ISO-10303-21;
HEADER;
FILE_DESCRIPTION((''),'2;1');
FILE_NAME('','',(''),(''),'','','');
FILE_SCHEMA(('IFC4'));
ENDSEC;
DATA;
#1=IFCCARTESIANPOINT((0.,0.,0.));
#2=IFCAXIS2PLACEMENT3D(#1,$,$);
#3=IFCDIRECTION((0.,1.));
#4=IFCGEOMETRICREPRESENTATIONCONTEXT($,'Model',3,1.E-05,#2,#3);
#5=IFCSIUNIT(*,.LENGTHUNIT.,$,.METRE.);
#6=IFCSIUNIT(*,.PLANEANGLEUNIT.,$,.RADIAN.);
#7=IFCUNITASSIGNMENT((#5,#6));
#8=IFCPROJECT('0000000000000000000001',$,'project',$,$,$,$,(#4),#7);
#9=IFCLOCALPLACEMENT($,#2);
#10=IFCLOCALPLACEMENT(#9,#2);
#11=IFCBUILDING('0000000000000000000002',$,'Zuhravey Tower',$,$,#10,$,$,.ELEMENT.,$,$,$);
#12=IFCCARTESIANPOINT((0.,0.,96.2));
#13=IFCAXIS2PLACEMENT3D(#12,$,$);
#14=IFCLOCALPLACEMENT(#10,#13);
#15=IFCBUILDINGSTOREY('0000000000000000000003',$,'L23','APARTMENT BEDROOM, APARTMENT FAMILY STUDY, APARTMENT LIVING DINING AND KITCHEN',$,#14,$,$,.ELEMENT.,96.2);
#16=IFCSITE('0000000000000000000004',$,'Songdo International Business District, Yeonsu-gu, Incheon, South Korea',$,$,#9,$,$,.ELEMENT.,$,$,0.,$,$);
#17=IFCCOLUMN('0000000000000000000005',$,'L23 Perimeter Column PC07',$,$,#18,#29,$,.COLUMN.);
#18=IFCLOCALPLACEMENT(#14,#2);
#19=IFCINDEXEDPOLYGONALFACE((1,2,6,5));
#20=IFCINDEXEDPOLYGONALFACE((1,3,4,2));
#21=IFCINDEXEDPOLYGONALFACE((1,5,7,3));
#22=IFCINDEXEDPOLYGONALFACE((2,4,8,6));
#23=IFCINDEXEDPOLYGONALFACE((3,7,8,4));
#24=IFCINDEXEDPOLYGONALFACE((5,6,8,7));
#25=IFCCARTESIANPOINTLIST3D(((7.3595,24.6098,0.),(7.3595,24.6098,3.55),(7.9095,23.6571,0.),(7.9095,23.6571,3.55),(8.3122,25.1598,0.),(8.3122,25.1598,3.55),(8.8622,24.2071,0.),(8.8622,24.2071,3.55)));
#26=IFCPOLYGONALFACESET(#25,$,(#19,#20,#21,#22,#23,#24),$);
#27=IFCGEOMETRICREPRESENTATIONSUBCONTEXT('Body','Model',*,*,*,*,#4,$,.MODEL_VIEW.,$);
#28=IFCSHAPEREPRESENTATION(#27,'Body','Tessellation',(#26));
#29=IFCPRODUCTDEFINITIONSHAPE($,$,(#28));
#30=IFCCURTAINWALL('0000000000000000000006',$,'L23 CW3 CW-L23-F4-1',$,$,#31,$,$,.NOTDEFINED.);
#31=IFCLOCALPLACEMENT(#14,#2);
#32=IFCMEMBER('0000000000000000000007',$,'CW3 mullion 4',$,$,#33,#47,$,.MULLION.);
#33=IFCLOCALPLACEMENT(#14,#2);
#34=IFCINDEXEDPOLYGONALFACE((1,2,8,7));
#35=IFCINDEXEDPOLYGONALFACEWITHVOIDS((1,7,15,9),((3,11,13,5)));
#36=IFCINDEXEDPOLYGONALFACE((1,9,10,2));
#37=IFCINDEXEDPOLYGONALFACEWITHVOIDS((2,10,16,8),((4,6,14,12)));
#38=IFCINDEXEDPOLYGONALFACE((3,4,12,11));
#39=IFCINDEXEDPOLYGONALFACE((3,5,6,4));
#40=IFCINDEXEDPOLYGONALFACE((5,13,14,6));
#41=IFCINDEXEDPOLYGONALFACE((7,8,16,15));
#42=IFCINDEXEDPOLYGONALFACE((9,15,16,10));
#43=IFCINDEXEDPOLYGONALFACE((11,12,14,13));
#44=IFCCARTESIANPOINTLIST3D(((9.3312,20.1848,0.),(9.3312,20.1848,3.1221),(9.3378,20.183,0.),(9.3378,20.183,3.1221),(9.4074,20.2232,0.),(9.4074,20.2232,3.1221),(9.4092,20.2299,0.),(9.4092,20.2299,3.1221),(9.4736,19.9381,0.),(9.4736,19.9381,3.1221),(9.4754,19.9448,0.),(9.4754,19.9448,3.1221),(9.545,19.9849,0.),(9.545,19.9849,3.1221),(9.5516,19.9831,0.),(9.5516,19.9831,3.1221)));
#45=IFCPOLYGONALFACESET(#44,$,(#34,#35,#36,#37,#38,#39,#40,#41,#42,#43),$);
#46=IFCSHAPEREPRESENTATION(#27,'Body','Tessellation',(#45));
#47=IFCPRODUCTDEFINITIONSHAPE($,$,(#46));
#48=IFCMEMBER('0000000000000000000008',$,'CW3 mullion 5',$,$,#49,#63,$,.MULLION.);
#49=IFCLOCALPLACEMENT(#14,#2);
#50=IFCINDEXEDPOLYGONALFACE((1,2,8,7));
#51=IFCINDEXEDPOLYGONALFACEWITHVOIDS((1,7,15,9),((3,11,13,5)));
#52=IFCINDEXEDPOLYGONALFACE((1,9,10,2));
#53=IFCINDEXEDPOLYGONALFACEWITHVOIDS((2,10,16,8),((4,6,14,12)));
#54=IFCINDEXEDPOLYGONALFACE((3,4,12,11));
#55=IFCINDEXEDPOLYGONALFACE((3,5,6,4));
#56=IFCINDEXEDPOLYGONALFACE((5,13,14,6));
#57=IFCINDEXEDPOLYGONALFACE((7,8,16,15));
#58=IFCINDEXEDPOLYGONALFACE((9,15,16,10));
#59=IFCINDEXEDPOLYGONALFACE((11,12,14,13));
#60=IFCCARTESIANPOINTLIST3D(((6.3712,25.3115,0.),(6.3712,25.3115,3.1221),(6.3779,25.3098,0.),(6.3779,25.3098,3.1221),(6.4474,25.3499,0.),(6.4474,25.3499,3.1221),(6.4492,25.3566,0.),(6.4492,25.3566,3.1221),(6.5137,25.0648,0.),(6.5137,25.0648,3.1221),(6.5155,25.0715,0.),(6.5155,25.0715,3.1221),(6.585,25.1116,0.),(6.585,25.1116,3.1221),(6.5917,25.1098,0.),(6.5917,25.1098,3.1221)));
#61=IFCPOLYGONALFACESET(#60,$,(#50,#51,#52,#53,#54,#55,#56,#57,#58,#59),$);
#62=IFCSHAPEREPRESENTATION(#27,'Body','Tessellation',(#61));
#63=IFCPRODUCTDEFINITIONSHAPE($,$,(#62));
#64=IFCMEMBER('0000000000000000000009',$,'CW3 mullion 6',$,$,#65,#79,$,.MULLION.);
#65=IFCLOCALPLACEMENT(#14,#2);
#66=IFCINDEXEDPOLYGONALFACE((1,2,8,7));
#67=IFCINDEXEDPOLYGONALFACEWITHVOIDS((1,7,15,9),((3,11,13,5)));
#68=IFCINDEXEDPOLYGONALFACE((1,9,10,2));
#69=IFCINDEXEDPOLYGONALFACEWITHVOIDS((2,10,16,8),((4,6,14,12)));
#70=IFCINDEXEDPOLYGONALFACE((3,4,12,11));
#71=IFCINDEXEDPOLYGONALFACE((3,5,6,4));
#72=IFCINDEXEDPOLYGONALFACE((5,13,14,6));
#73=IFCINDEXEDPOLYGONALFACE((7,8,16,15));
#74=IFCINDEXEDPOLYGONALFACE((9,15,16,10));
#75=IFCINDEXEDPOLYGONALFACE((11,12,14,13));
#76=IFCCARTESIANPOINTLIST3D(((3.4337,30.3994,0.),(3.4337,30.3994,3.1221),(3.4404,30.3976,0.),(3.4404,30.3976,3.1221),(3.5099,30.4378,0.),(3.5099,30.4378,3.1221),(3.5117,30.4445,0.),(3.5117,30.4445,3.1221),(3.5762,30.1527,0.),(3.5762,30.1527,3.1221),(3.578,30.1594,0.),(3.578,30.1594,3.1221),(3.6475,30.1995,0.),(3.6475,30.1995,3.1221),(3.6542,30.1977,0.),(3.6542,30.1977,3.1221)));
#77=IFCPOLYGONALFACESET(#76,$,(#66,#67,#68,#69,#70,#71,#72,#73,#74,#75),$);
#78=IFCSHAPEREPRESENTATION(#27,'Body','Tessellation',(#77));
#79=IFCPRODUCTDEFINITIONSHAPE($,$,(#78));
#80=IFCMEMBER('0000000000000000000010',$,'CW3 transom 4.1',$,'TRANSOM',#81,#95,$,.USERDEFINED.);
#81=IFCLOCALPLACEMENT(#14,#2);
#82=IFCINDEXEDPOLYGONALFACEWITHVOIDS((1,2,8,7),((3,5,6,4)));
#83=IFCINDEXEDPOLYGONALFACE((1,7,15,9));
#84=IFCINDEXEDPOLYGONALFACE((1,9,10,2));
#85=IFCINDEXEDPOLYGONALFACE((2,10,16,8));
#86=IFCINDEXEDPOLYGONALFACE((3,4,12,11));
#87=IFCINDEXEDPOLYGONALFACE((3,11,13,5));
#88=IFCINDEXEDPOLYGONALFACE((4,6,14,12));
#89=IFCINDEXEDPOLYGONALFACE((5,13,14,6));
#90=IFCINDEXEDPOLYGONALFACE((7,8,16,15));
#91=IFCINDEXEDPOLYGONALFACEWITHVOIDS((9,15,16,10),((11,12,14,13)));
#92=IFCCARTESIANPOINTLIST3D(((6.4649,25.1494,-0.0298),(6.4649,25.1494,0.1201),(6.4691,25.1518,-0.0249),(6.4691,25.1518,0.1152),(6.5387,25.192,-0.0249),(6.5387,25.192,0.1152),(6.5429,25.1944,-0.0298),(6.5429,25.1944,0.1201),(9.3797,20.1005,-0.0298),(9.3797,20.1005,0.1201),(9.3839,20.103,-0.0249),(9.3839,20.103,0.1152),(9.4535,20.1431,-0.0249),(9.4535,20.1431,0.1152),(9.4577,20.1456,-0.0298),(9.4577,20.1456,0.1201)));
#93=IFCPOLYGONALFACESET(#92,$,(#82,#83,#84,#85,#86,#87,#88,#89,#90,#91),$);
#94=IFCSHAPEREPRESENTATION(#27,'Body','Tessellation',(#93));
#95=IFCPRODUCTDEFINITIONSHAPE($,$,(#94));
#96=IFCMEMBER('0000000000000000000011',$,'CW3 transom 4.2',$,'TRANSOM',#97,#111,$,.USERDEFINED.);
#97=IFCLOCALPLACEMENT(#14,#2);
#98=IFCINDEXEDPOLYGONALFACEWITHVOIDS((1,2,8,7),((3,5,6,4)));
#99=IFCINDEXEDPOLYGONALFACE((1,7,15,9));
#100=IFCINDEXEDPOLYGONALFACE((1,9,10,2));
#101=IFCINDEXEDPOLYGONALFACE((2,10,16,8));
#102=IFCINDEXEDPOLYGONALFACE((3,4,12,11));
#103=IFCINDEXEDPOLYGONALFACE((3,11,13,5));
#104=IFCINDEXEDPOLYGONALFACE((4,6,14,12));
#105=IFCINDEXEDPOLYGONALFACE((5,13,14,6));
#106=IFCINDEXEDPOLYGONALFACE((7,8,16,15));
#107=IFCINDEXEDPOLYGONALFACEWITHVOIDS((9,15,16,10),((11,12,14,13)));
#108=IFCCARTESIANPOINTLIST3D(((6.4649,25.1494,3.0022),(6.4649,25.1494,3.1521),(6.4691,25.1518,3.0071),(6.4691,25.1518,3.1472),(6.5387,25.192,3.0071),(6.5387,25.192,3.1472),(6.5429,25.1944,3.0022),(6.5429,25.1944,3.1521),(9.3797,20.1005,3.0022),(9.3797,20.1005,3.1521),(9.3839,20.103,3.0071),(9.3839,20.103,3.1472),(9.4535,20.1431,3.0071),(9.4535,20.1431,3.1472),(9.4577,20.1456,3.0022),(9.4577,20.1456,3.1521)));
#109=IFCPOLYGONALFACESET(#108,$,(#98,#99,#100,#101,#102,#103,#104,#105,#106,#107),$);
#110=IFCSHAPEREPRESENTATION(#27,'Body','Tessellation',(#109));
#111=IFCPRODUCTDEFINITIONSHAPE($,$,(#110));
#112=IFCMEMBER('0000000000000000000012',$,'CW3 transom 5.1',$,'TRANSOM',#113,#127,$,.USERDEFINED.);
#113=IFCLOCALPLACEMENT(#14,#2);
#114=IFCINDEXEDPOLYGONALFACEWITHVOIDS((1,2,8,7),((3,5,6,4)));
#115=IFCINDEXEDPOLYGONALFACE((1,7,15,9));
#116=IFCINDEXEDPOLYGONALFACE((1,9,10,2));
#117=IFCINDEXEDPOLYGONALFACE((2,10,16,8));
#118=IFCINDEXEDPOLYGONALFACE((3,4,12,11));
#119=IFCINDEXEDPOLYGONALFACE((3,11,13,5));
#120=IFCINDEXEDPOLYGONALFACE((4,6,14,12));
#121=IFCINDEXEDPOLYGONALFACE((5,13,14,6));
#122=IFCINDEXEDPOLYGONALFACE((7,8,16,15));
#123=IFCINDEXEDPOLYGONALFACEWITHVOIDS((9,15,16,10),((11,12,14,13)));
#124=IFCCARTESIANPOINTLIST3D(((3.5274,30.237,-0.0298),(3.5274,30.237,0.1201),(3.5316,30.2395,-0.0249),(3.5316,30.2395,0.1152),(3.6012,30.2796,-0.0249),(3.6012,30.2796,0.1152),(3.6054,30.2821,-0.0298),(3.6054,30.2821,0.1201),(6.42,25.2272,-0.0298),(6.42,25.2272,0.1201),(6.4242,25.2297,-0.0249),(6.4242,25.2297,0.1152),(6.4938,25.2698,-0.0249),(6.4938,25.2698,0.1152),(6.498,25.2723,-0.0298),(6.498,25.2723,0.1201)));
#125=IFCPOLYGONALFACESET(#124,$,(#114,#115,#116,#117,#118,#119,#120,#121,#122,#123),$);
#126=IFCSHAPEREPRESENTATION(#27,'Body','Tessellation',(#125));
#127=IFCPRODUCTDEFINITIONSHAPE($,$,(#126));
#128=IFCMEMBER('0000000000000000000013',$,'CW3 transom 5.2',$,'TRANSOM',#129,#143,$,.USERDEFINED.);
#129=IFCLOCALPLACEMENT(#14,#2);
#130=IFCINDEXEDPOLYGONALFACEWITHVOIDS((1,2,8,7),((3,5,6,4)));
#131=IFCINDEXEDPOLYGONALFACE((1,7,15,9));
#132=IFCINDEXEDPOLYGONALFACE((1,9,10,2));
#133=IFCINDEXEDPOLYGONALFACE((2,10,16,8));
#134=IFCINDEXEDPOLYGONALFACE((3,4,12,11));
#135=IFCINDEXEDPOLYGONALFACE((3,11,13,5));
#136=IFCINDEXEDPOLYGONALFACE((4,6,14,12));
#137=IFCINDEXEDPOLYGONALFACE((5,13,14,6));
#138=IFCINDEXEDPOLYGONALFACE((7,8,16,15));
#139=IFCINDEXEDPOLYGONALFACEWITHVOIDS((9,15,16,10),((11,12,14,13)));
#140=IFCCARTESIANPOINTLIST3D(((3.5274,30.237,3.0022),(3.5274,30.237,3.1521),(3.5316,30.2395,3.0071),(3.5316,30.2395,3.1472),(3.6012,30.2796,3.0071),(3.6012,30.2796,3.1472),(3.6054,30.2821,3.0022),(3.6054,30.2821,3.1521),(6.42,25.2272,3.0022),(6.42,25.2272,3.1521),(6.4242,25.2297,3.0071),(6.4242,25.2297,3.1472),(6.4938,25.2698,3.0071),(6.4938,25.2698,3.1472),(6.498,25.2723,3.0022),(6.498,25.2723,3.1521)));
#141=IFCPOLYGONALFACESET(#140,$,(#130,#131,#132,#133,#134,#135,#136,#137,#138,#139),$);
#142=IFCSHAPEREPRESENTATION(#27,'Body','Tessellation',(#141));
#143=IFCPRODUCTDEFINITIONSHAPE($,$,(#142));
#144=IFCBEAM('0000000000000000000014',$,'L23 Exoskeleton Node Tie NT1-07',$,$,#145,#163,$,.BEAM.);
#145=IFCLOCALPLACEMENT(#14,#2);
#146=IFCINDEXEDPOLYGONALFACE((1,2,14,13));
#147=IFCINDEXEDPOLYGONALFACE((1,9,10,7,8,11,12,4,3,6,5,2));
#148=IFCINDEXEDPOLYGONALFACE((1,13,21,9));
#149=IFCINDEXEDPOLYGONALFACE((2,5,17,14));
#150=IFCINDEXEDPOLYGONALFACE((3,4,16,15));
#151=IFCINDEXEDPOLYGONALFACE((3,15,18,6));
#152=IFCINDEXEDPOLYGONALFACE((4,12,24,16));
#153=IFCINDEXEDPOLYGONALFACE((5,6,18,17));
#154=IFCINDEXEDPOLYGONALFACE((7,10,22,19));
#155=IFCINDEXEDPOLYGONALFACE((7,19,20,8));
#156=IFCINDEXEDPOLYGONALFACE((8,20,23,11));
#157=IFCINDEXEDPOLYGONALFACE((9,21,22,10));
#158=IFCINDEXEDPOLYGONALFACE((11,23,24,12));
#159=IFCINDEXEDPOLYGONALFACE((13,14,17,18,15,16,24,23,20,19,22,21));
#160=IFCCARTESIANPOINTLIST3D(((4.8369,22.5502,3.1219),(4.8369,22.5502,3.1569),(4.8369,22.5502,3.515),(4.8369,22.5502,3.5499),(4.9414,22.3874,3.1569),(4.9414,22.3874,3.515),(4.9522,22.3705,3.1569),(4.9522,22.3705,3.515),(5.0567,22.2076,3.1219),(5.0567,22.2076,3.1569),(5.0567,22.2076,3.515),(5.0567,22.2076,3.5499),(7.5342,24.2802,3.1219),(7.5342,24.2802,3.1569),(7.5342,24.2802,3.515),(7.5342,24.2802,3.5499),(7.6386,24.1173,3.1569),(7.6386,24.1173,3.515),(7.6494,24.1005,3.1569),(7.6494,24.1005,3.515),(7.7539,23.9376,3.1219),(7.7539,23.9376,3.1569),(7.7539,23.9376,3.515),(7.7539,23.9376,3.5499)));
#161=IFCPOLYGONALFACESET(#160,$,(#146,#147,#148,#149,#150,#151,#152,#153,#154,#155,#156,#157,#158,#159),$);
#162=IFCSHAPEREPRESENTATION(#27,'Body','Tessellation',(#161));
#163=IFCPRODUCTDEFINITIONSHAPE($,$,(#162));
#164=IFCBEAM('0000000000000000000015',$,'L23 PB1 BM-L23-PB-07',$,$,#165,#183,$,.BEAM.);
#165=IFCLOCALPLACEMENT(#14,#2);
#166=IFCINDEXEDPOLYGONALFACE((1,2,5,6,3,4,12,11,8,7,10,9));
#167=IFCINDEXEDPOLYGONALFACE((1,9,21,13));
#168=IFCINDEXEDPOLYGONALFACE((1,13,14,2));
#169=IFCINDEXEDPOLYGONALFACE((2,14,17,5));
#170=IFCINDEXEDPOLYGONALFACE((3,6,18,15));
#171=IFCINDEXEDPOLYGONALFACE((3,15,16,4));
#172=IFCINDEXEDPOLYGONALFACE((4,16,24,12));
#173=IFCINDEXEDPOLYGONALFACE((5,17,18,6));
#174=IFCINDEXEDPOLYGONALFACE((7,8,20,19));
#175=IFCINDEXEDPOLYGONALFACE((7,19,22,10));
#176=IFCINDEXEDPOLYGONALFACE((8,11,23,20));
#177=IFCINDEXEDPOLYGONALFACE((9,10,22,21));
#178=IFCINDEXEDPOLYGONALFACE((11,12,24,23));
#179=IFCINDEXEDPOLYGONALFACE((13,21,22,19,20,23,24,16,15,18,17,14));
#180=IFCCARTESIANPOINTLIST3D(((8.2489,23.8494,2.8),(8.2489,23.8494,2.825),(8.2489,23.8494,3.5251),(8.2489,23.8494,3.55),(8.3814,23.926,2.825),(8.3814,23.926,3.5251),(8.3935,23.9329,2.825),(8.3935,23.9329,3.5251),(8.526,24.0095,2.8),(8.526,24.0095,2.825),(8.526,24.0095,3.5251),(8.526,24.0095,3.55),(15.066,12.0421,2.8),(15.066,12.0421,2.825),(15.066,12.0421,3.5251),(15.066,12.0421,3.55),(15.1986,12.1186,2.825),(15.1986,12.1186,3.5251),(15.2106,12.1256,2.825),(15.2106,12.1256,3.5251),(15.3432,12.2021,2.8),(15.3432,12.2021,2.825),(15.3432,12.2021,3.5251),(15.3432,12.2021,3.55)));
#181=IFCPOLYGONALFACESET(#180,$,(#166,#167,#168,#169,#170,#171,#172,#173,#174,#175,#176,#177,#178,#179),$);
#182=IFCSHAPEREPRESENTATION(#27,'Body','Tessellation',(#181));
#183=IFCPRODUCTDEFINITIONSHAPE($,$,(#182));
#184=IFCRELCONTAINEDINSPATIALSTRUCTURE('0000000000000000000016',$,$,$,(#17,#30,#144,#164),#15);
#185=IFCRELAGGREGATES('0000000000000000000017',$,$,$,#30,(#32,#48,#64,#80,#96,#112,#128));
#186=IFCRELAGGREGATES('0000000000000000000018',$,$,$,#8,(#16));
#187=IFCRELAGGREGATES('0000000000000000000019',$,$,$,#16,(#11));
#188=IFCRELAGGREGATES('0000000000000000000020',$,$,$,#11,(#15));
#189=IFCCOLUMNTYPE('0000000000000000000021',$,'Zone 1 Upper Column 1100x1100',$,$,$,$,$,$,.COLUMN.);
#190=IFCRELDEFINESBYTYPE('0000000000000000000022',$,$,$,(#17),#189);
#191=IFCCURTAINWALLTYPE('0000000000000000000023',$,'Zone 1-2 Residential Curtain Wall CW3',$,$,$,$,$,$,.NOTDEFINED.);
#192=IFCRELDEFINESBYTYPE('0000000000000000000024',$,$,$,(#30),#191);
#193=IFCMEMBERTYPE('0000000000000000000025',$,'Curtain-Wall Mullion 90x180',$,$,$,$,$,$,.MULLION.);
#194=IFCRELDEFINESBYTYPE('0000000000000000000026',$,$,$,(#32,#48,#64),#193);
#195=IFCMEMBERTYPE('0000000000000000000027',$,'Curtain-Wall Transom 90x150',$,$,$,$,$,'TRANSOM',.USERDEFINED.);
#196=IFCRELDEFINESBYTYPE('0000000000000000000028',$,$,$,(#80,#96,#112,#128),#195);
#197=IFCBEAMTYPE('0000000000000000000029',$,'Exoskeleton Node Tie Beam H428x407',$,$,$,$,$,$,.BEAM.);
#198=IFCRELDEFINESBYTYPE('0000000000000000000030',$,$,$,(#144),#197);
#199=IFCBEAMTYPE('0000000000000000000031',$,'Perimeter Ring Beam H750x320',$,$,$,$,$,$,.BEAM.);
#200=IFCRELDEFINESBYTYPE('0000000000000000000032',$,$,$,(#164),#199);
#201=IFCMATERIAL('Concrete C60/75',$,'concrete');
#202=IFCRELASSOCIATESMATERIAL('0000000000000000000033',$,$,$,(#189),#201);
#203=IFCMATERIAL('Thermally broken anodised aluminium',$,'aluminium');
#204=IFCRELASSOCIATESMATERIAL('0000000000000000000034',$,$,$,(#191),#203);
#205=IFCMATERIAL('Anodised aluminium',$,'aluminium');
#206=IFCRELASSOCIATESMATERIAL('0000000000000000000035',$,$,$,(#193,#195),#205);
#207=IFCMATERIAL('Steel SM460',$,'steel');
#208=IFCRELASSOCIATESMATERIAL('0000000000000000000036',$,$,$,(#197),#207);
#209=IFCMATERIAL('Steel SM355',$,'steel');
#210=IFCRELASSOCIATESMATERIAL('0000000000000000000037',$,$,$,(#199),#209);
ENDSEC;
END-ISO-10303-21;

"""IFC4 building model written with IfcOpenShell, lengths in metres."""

from ifc_helpers import new_model, si_unit, direction, frame, origin, origin_2d, place, context, subcontext, project, spatial, rectangle, hollow_rectangle, i_section, extrude, material, material_profile, profile_set, type_object, element, aggregate, save


model = new_model("IFC4")

# Units and contexts
model_context = context("Model", 3, precision=1e-05, world=origin(), true_north=direction((0.0, 1.0)))
body_context = subcontext(model_context, "Body", "Model", "MODEL_VIEW")
ifc_project = project(units=[si_unit("LENGTHUNIT", "METRE"), si_unit("PLANEANGLEUNIT", "RADIAN")], contexts=[model_context])

# Site, building, storey
site_placement = place(None, origin())
site = spatial("IfcSite", under=ifc_project, at=site_placement, Name="Songdo International Business District, Yeonsu-gu, Incheon, South Korea", CompositionType="ELEMENT", RefElevation=0.0)
building_placement = place(site_placement, origin())
building = spatial("IfcBuilding", under=site, at=building_placement, Name="Zuhravey Tower", CompositionType="ELEMENT")
storey_placement = place(building_placement, frame((0.0, 0.0, 96.2)))
storey = spatial("IfcBuildingStorey", under=building, at=storey_placement, Name="L23", Description="APARTMENT BEDROOM, APARTMENT FAMILY STUDY, APARTMENT LIVING DINING AND KITCHEN", CompositionType="ELEMENT", Elevation=96.2)

# Column
ifc_material_1 = material(Name="Concrete C60/75", Category="concrete")
ifc_material_profile_1 = material_profile(ifc_material_1, rectangle(XDim=1.1001, YDim=1.1001, at=origin_2d()), Name="RC-1100x1100")
ifc_profile_set_1 = profile_set([ifc_material_profile_1], Name="Concrete C60/75")
column_type = type_object("IfcColumnType", Name="Zone 1 Upper Column 1100x1100", PredefinedType="COLUMN", material=ifc_profile_set_1)
column_placement = place(storey_placement, frame((8.1108, 24.4084, 0.0), z_axis=(0.0, 0.0, 1.0), x_axis=(0.5, -0.866025, 0.0)))
element("IfcColumn", 1, at=column_placement, inside=storey, type_object=column_type, Name="L23 Perimeter Column PC07", PredefinedType="COLUMN", context=body_context, shape_type="SweptSolid", body=[
    extrude(rectangle(XDim=1.1001, YDim=1.1001, at=origin_2d()), origin(), (0.0, 0.0, 1.0), 3.55),
])

# Curtain wall, members
ifc_material_2 = material(Name="Thermally broken anodised aluminium", Category="aluminium")
curtain_wall_type = type_object("IfcCurtainWallType", Name="Zone 1-2 Residential Curtain Wall CW3", PredefinedType="NOTDEFINED", material=ifc_material_2)
curtain_wall_placement = place(storey_placement, origin())
curtain_wall = element("IfcCurtainWall", 2, at=curtain_wall_placement, inside=storey, type_object=curtain_wall_type, Name="L23 CW3 CW-L23-F4-1", PredefinedType="NOTDEFINED")
ifc_material_3 = material(Name="Anodised aluminium", Category="aluminium")
ifc_material_profile_2 = material_profile(ifc_material_3, hollow_rectangle(XDim=0.0901, YDim=0.2849, WallThickness=0.0049, at=origin_2d()), Name="ALU-RHS-90x285x5")
ifc_profile_set_2 = profile_set([ifc_material_profile_2], Name="Anodised aluminium")
member_type_1 = type_object("IfcMemberType", Name="Curtain-Wall Mullion 90x180", PredefinedType="MULLION", material=ifc_profile_set_2)
member_1_placement = place(storey_placement, frame((9.4414, 20.084, 0.0), z_axis=(0.0, 0.0, 1.0), x_axis=(-0.866026, -0.5, 0.0)))
member_1 = element("IfcMember", 3, at=member_1_placement, type_object=member_type_1, Name="CW3 mullion 4", PredefinedType="MULLION", context=body_context, shape_type="SweptSolid", body=[
    extrude(hollow_rectangle(XDim=0.0901, YDim=0.2849, WallThickness=0.0049, at=origin_2d()), origin(), (0.0, 0.0, 1.0), 3.1221),
])
member_2_placement = place(storey_placement, frame((6.4814, 25.2107, 0.0), z_axis=(0.0, 0.0, 1.0), x_axis=(-0.866026, -0.5, 0.0)))
member_2 = element("IfcMember", 4, at=member_2_placement, type_object=member_type_1, Name="CW3 mullion 5", PredefinedType="MULLION", context=body_context, shape_type="SweptSolid", body=[
    extrude(hollow_rectangle(XDim=0.0901, YDim=0.2849, WallThickness=0.0049, at=origin_2d()), origin(), (0.0, 0.0, 1.0), 3.1221),
])
member_3_placement = place(storey_placement, frame((3.5439, 30.2986, 0.0), z_axis=(0.0, 0.0, 1.0), x_axis=(-0.866026, -0.5, 0.0)))
member_3 = element("IfcMember", 5, at=member_3_placement, type_object=member_type_1, Name="CW3 mullion 6", PredefinedType="MULLION", context=body_context, shape_type="SweptSolid", body=[
    extrude(hollow_rectangle(XDim=0.0901, YDim=0.2849, WallThickness=0.0049, at=origin_2d()), origin(), (0.0, 0.0, 1.0), 3.1221),
])
ifc_material_profile_3 = material_profile(ifc_material_3, hollow_rectangle(XDim=0.0901, YDim=0.1499, WallThickness=0.0049, at=origin_2d()), Name="ALU-RHS-90x150x5")
ifc_profile_set_3 = profile_set([ifc_material_profile_3], Name="Anodised aluminium")
member_type_2 = type_object("IfcMemberType", Name="Curtain-Wall Transom 90x150", ElementType="TRANSOM", PredefinedType="USERDEFINED", material=ifc_profile_set_3)
member_4_placement = place(storey_placement, frame((9.4187, 20.123, 0.0452), z_axis=(-0.499981, 0.866036, 0.0), x_axis=(-0.866036, -0.499981, 0.0)))
member_4 = element("IfcMember", 6, at=member_4_placement, type_object=member_type_2, Name="CW3 transom 4.1", ObjectType="TRANSOM", PredefinedType="USERDEFINED", context=body_context, shape_type="SweptSolid", body=[
    extrude(hollow_rectangle(XDim=0.0901, YDim=0.1499, WallThickness=0.0049, at=origin_2d()), origin(), (0.0, 0.0, 1.0), 5.8298),
])
member_5_placement = place(storey_placement, frame((9.4187, 20.123, 3.0771), z_axis=(-0.499981, 0.866036, 0.0), x_axis=(-0.866036, -0.499981, 0.0)))
member_5 = element("IfcMember", 7, at=member_5_placement, type_object=member_type_2, Name="CW3 transom 4.2", ObjectType="TRANSOM", PredefinedType="USERDEFINED", context=body_context, shape_type="SweptSolid", body=[
    extrude(hollow_rectangle(XDim=0.0901, YDim=0.1499, WallThickness=0.0049, at=origin_2d()), origin(), (0.0, 0.0, 1.0), 5.8298),
])
member_6_placement = place(storey_placement, frame((6.459, 25.2498, 0.0452), z_axis=(-0.500024, 0.866011, 0.0), x_axis=(-0.866011, -0.500024, 0.0)))
member_6 = element("IfcMember", 8, at=member_6_placement, type_object=member_type_2, Name="CW3 transom 5.1", ObjectType="TRANSOM", PredefinedType="USERDEFINED", context=body_context, shape_type="SweptSolid", body=[
    extrude(hollow_rectangle(XDim=0.0901, YDim=0.1499, WallThickness=0.0049, at=origin_2d()), origin(), (0.0, 0.0, 1.0), 5.7849),
])
member_7_placement = place(storey_placement, frame((6.459, 25.2498, 3.0771), z_axis=(-0.500024, 0.866011, 0.0), x_axis=(-0.866011, -0.500024, 0.0)))
member_7 = element("IfcMember", 9, at=member_7_placement, type_object=member_type_2, Name="CW3 transom 5.2", ObjectType="TRANSOM", PredefinedType="USERDEFINED", context=body_context, shape_type="SweptSolid", body=[
    extrude(hollow_rectangle(XDim=0.0901, YDim=0.1499, WallThickness=0.0049, at=origin_2d()), origin(), (0.0, 0.0, 1.0), 5.7849),
])

# Beams
ifc_material_4 = material(Name="Steel SM460", Category="steel")
ifc_material_profile_4 = material_profile(ifc_material_4, i_section(OverallWidth=0.407, OverallDepth=0.428, WebThickness=0.02, FlangeThickness=0.0349, at=origin_2d()), Name="H-428x407x20x35")
ifc_profile_set_4 = profile_set([ifc_material_profile_4], Name="Steel SM460")
beam_type_1 = type_object("IfcBeamType", Name="Exoskeleton Node Tie Beam H428x407", PredefinedType="BEAM", material=ifc_profile_set_4)
beam_1_placement = place(storey_placement, frame((7.644, 24.1089, 3.3359), z_axis=(-0.841742, -0.539879, 0.0), x_axis=(0.539879, -0.841742, 0.0)))
element("IfcBeam", 10, at=beam_1_placement, inside=storey, type_object=beam_type_1, Name="L23 Exoskeleton Node Tie NT1-07", PredefinedType="BEAM", context=body_context, shape_type="SweptSolid", body=[
    extrude(i_section(OverallWidth=0.407, OverallDepth=0.428, WebThickness=0.02, FlangeThickness=0.0349, at=origin_2d()), origin(), (0.0, 0.0, 1.0), 3.2043),
])
ifc_material_5 = material(Name="Steel SM355", Category="steel")
ifc_material_profile_5 = material_profile(ifc_material_5, i_section(OverallWidth=0.3201, OverallDepth=0.75, WebThickness=0.0139, FlangeThickness=0.0249, at=origin_2d()), Name="H-750x320x14x25")
ifc_profile_set_5 = profile_set([ifc_material_profile_5], Name="Steel SM355")
beam_type_2 = type_object("IfcBeamType", Name="Perimeter Ring Beam H750x320", PredefinedType="BEAM", material=ifc_profile_set_5)
beam_2_placement = place(storey_placement, frame((8.3875, 23.9294, 3.175), z_axis=(0.500008, -0.866021, 0.0), x_axis=(0.866021, 0.500008, 0.0)))
element("IfcBeam", 11, at=beam_2_placement, inside=storey, type_object=beam_type_2, Name="L23 PB1 BM-L23-PB-07", PredefinedType="BEAM", context=body_context, shape_type="SweptSolid", body=[
    extrude(i_section(OverallWidth=0.3201, OverallDepth=0.75, WebThickness=0.0139, FlangeThickness=0.0249, at=origin_2d()), origin(), (0.0, 0.0, 1.0), 13.634),
])

aggregate(curtain_wall, [member_1, member_2, member_3, member_4, member_5, member_6, member_7])

save(model, "model.ifc")
